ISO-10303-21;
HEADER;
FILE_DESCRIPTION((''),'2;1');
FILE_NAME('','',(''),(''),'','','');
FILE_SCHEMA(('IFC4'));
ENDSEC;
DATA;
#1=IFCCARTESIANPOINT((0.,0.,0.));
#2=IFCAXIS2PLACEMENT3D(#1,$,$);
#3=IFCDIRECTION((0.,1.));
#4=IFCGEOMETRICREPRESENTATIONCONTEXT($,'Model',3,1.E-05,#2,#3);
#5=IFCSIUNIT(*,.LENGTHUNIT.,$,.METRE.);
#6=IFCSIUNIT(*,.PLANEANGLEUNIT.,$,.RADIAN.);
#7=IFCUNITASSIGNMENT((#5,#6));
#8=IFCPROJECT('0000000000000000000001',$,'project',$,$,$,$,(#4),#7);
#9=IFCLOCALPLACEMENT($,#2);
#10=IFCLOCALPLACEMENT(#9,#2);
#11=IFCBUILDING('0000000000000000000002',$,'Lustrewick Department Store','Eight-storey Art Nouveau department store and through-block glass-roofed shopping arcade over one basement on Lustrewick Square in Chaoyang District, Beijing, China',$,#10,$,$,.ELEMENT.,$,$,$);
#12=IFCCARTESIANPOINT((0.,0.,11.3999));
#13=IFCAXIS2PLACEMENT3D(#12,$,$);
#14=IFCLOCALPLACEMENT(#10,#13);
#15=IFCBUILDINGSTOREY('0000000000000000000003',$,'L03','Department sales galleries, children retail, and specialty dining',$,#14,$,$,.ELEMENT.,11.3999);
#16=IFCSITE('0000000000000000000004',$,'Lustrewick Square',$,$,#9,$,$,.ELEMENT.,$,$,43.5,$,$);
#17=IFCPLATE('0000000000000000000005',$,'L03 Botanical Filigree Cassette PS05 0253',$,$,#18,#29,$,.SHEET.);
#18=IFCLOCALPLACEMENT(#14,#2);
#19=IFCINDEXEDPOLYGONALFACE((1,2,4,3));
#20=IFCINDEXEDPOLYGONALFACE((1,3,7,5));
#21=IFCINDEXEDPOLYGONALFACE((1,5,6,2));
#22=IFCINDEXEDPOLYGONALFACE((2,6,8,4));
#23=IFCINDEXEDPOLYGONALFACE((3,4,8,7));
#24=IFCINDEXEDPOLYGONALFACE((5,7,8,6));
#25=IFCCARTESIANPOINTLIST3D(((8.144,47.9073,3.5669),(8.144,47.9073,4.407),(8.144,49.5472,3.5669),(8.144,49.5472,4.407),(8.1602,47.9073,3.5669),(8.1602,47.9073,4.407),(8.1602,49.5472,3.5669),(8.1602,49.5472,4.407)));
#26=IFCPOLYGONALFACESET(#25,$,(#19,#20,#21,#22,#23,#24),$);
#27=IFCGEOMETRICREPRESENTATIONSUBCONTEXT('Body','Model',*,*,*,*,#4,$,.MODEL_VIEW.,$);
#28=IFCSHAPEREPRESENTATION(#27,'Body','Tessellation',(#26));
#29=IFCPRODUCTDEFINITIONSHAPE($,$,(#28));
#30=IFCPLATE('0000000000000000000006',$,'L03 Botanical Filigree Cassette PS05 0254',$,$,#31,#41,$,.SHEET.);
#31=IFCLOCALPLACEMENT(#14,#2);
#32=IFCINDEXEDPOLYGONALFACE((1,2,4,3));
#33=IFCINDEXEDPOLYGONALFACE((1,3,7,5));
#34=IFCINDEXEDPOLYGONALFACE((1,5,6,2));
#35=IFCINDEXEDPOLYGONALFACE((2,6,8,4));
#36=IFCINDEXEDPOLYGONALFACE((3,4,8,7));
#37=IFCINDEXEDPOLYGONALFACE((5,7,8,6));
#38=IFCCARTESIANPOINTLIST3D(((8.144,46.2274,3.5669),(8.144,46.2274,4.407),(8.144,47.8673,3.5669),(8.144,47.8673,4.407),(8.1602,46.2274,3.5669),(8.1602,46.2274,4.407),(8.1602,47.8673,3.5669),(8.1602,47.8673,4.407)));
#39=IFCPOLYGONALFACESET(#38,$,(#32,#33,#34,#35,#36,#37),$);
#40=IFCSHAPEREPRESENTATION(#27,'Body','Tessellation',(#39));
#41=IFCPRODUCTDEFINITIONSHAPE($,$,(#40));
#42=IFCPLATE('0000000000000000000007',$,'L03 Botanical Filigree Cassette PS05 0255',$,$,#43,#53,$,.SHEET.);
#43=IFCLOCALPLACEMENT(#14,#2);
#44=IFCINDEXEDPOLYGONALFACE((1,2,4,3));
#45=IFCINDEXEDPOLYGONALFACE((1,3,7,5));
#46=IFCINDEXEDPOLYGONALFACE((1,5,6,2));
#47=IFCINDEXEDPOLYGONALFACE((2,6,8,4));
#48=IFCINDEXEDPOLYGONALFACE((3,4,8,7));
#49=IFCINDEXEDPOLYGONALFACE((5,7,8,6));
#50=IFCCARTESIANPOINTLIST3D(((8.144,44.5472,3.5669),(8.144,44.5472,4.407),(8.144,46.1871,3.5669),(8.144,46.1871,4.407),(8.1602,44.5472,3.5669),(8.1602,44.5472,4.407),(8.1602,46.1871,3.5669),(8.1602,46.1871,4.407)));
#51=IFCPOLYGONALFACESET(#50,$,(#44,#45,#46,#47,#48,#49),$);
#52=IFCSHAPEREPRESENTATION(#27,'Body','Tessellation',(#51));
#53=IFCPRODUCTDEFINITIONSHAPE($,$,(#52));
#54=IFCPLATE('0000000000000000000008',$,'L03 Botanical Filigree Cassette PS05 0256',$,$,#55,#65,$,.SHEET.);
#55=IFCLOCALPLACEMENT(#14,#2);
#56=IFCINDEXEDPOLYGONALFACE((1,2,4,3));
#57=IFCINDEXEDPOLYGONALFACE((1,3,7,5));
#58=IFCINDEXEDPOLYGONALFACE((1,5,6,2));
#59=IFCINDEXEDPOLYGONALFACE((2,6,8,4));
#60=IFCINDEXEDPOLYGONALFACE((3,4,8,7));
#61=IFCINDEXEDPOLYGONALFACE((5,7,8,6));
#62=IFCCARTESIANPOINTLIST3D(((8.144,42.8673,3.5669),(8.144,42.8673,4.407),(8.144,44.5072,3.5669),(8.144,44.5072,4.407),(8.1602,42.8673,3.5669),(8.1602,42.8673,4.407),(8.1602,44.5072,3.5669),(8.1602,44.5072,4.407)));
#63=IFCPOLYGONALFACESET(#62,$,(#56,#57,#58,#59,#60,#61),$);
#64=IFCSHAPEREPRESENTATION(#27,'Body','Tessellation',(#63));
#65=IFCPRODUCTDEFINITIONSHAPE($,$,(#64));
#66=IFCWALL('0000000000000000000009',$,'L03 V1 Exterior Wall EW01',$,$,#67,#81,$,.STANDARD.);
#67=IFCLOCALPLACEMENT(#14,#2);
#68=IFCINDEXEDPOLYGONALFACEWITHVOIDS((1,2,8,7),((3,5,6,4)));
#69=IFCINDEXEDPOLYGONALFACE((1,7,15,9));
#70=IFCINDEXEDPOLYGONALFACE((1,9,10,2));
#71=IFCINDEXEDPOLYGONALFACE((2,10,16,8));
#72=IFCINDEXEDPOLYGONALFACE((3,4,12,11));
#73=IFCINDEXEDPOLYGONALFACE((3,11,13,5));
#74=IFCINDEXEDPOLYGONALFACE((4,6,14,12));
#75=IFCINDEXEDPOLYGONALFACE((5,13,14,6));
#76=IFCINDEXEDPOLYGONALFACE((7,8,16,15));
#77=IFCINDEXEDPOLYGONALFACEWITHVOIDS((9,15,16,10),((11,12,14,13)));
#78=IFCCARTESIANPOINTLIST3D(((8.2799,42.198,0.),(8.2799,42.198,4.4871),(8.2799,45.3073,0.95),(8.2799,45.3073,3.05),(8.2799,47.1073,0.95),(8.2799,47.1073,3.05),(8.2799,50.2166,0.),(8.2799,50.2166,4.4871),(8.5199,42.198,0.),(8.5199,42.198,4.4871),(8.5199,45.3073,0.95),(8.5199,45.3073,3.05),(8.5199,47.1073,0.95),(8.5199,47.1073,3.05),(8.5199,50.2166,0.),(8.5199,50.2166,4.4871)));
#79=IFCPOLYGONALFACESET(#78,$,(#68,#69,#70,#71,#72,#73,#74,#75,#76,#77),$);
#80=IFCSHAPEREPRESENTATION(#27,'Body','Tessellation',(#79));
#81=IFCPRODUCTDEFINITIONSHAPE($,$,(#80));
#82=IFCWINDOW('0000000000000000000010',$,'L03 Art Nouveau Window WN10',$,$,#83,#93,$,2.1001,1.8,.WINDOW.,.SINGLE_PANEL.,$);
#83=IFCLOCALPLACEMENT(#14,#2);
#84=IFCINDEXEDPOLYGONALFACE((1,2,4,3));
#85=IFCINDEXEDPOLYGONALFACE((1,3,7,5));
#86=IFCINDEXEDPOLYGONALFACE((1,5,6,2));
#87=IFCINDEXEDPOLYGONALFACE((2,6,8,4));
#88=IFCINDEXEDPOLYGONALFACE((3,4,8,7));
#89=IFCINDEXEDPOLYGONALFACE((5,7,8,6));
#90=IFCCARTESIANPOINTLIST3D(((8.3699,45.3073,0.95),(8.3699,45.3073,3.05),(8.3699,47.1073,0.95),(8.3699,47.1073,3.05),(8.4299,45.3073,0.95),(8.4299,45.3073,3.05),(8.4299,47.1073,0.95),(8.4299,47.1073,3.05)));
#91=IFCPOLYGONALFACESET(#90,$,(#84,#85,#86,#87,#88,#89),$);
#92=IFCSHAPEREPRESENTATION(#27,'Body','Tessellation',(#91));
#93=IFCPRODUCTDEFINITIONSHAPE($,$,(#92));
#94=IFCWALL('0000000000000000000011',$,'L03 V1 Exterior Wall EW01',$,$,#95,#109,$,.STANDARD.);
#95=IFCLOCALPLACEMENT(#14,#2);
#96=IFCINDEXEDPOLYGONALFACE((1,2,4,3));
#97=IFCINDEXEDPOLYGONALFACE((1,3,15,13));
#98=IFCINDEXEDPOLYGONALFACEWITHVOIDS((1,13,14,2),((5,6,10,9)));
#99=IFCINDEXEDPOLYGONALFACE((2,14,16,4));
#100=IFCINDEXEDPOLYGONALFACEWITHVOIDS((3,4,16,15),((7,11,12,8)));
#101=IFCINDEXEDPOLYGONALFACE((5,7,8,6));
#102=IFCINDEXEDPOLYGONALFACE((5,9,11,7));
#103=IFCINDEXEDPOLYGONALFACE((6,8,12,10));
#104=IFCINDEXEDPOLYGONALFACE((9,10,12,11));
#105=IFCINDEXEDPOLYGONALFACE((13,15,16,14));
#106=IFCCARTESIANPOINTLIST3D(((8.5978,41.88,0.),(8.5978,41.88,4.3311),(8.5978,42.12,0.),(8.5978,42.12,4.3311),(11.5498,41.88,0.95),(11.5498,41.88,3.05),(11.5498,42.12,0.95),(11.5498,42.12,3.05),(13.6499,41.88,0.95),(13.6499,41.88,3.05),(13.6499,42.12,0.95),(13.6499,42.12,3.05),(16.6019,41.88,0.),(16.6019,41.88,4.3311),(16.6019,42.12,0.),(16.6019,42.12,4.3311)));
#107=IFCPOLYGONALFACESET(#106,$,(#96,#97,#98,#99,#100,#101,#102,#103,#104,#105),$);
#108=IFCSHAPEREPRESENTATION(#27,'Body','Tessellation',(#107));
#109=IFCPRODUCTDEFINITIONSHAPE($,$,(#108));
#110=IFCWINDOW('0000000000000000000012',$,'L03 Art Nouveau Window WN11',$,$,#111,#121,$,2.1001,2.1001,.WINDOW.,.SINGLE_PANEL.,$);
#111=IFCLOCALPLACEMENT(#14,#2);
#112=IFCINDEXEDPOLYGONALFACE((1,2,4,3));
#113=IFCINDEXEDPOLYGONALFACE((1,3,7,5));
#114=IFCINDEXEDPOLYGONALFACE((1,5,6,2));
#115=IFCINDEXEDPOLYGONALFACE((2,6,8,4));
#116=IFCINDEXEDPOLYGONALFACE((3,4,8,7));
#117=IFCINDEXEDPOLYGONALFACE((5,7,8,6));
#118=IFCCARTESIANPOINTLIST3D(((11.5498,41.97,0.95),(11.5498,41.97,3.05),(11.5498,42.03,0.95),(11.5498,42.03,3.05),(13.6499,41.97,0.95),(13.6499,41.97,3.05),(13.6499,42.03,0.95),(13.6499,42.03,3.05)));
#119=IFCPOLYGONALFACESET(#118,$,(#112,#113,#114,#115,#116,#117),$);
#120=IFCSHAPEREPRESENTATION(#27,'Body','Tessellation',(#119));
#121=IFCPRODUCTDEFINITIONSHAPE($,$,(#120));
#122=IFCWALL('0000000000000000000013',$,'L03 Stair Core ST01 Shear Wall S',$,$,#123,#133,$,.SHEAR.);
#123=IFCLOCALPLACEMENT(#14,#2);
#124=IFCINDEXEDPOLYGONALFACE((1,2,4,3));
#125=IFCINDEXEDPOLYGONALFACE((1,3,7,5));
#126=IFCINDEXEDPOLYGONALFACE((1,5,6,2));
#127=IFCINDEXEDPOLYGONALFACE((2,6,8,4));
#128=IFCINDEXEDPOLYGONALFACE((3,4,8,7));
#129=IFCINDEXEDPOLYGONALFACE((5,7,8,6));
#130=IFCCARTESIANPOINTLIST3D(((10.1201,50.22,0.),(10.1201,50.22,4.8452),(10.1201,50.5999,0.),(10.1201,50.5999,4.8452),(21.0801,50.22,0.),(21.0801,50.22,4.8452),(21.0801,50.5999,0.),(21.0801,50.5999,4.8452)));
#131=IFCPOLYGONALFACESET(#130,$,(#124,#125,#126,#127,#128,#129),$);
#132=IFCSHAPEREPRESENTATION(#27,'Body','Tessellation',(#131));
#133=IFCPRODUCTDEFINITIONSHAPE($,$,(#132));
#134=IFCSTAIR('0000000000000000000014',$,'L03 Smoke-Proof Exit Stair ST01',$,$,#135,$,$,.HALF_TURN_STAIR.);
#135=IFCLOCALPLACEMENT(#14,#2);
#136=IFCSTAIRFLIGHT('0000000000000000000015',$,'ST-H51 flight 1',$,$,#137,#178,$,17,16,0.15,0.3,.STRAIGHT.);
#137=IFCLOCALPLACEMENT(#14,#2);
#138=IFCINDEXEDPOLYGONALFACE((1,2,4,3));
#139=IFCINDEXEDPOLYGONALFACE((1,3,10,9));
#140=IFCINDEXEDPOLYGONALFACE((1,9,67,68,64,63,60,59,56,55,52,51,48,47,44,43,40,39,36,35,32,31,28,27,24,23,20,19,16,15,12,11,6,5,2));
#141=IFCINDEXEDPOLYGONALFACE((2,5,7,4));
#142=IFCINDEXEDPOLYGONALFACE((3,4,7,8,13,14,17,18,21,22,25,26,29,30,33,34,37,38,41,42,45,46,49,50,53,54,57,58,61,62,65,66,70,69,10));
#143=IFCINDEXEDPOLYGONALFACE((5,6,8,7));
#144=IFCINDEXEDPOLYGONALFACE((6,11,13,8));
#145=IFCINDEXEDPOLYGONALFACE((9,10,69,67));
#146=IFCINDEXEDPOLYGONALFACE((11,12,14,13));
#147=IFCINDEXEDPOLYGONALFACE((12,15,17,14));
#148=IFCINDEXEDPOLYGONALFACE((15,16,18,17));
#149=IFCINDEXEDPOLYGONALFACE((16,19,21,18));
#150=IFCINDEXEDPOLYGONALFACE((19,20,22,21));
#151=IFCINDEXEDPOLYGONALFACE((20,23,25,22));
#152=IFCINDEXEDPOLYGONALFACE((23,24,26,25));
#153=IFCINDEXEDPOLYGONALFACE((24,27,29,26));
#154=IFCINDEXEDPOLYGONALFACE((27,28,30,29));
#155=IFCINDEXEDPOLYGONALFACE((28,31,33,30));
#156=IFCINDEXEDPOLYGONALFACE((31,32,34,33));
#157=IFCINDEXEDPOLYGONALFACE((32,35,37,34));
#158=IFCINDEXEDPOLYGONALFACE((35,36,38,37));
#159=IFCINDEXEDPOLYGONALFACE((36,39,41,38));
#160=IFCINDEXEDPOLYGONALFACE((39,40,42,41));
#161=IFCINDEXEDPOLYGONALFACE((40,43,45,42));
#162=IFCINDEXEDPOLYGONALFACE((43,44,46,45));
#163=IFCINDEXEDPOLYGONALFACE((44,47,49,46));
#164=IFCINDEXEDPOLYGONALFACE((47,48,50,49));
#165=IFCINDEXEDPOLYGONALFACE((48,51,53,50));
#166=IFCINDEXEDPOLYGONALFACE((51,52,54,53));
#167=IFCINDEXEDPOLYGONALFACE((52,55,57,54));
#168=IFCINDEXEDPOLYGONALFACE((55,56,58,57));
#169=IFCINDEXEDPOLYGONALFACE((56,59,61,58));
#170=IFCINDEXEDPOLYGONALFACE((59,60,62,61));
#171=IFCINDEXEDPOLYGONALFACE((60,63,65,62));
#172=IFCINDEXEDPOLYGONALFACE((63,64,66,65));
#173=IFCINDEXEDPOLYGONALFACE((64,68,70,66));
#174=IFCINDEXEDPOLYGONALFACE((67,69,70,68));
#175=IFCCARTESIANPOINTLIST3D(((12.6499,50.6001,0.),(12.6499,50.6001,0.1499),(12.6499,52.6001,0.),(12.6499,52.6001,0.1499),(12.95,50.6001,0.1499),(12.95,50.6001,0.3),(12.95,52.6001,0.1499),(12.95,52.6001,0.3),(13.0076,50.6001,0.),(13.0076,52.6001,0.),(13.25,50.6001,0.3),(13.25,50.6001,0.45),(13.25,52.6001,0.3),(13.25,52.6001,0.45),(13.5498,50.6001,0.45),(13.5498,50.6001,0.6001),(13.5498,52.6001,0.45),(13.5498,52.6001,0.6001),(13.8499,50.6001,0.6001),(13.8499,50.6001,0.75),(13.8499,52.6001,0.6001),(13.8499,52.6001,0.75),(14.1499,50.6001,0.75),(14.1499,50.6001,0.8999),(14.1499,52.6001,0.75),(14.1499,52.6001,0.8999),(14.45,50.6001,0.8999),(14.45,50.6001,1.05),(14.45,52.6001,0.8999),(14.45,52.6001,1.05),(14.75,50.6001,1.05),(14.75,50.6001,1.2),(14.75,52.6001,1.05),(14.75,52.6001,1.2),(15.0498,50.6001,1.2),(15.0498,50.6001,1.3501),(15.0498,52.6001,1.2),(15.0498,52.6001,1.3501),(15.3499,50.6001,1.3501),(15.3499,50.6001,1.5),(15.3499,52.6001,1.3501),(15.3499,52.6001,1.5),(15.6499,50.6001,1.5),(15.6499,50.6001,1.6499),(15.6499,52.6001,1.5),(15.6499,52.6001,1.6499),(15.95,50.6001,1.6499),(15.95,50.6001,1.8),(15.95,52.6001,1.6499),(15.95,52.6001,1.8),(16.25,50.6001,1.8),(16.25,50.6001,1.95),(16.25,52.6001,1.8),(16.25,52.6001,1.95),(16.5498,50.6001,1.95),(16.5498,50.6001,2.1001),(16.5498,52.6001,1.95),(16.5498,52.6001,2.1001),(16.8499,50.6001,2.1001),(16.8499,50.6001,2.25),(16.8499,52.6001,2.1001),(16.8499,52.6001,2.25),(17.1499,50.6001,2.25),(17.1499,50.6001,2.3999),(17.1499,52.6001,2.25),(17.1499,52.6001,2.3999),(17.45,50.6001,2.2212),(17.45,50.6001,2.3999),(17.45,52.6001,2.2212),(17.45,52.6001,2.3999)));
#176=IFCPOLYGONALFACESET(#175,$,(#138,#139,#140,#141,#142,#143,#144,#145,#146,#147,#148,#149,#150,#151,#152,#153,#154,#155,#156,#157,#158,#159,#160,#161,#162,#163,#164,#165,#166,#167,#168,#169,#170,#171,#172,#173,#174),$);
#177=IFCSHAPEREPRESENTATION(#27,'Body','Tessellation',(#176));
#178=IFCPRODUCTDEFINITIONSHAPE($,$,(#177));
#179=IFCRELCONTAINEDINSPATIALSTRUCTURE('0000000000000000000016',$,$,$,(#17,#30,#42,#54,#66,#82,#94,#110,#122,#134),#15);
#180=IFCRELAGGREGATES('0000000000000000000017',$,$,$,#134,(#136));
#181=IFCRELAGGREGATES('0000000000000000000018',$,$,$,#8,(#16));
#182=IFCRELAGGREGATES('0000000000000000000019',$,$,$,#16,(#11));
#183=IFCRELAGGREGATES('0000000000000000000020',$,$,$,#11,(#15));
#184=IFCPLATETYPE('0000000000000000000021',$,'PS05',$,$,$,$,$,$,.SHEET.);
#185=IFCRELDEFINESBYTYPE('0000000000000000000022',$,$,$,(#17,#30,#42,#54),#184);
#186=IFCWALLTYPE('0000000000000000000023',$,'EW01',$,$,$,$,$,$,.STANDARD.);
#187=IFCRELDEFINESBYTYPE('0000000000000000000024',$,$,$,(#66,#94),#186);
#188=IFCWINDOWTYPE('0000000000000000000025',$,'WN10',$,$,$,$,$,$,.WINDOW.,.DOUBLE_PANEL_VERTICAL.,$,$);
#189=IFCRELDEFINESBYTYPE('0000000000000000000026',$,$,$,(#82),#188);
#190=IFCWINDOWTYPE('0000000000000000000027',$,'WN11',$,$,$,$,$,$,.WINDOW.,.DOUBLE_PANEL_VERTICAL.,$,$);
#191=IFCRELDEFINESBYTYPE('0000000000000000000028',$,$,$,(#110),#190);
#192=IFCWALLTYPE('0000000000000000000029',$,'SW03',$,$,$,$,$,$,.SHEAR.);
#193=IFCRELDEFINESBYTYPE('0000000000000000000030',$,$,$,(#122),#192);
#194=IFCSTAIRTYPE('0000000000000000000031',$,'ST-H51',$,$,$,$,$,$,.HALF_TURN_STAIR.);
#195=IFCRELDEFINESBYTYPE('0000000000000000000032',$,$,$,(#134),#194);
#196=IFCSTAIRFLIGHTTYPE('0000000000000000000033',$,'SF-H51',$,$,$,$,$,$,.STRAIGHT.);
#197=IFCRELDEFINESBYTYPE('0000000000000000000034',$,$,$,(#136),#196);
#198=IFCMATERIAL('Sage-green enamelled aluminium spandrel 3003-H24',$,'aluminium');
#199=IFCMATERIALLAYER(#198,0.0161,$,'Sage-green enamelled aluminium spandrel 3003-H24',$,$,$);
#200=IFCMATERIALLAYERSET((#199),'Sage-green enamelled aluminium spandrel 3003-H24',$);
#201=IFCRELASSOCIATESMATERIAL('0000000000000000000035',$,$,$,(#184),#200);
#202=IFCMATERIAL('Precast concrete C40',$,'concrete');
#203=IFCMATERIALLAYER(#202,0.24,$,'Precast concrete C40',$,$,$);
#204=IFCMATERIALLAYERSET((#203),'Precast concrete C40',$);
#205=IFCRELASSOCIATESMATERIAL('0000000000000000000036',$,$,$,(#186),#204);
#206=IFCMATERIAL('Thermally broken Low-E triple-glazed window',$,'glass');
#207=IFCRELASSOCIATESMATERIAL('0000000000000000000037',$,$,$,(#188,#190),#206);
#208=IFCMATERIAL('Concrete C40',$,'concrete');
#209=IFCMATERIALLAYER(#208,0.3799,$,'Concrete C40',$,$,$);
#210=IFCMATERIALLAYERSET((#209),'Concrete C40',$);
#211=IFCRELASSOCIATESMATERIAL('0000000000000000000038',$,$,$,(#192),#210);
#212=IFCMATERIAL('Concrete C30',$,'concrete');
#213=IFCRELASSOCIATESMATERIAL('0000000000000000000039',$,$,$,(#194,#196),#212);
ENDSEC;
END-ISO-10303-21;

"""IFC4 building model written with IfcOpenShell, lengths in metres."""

from ifc_helpers import new_model, si_unit, direction, frame, frame_2d, origin, origin_2d, place, context, subcontext, project, spatial, polyline, rectangle, outline, extrude, material, layer, layer_set, type_object, element, fill, aggregate, save


model = new_model("IFC4")

# Units and contexts
model_context = context("Model", 3, precision=1e-05, world=origin(), true_north=direction((0.0, 1.0)))
body_context = subcontext(model_context, "Body", "Model", "MODEL_VIEW")
ifc_project = project(units=[si_unit("LENGTHUNIT", "METRE"), si_unit("PLANEANGLEUNIT", "RADIAN")], contexts=[model_context])

# Site, building, storey
site_placement = place(None, origin())
site = spatial("IfcSite", under=ifc_project, at=site_placement, Name="Lustrewick Square", CompositionType="ELEMENT", RefElevation=43.5)
building_placement = place(site_placement, origin())
building = spatial("IfcBuilding", under=site, at=building_placement, Name="Lustrewick Department Store", Description="Eight-storey Art Nouveau department store and through-block glass-roofed shopping arcade over one basement on Lustrewick Square in Chaoyang District, Beijing, China", CompositionType="ELEMENT")
storey_placement = place(building_placement, frame((0.0, 0.0, 11.3999)))
storey = spatial("IfcBuildingStorey", under=building, at=storey_placement, Name="L03", Description="Department sales galleries, children retail, and specialty dining", CompositionType="ELEMENT", Elevation=11.3999)

# Plates
ifc_material_1 = material(Name="Sage-green enamelled aluminium spandrel 3003-H24", Category="aluminium")
ifc_layer_1 = layer(ifc_material_1, 0.0161, Name="Sage-green enamelled aluminium spandrel 3003-H24")
ifc_layer_set_1 = layer_set([ifc_layer_1], Name="Sage-green enamelled aluminium spandrel 3003-H24")
plate_type = type_object("IfcPlateType", Name="PS05", PredefinedType="SHEET", material=ifc_layer_set_1)
for number, where, z_axis, x_axis, name in (
    (1, (8.1521, 48.7273, 3.5669), (0.0, 0.0, 1.0), (0.0, -1.0, 0.0), "L03 Botanical Filigree Cassette PS05 0253"),
    (2, (8.1521, 47.0474, 3.5669), (0.0, 0.0, 1.0), (0.0, -1.0, 0.0), "L03 Botanical Filigree Cassette PS05 0254"),
    (3, (8.1521, 45.3672, 3.5669), (0.0, 0.0, 1.0), (0.0, -1.0, 0.0), "L03 Botanical Filigree Cassette PS05 0255"),
    (4, (8.1521, 43.6873, 3.5669), (0.0, 0.0, 1.0), (0.0, -1.0, 0.0), "L03 Botanical Filigree Cassette PS05 0256"),
):
    element("IfcPlate", number, at=place(storey_placement, frame(where, z_axis=z_axis, x_axis=x_axis)), inside=storey, type_object=plate_type, Name=name, PredefinedType="SHEET", context=body_context, shape_type="SweptSolid", body=[
        extrude(rectangle(XDim=1.6399, YDim=0.0161, at=origin_2d()), origin(), (0.0, 0.0, 1.0), 0.8401),
    ])

# Walls, openings, windows
ifc_material_2 = material(Name="Precast concrete C40", Category="concrete")
ifc_layer_2 = layer(ifc_material_2, 0.24, Name="Precast concrete C40")
ifc_layer_set_2 = layer_set([ifc_layer_2], Name="Precast concrete C40")
wall_type_1 = type_object("IfcWallType", Name="EW01", PredefinedType="STANDARD", material=ifc_layer_set_2)
wall_1_placement = place(storey_placement, frame((8.3999, 50.2166, 0.0), z_axis=(0.0, 0.0, 1.0), x_axis=(0.0, -1.0, 0.0)))
wall_1 = element("IfcWall", 5, at=wall_1_placement, inside=storey, type_object=wall_type_1, Name="L03 V1 Exterior Wall EW01", PredefinedType="STANDARD", context=body_context, shape_type="SweptSolid", body=[
    extrude(rectangle(XDim=8.0186, YDim=0.24, at=frame_2d((4.0093, 0.0))), origin(), (0.0, 0.0, 1.0), 4.4871),
])
opening_1_placement = place(wall_1_placement, frame((3.1094, 0.0, 0.95)))
opening_1 = element("IfcOpeningElement", 6, at=opening_1_placement, cuts=wall_1, PredefinedType="OPENING", context=body_context, shape_type="SweptSolid", body=[
    extrude(rectangle(XDim=1.8, YDim=2.1001, at=frame_2d((0.8999, 1.05))), frame((0.0, 0.1299, 0.0), z_axis=(0.0, -1.0, 0.0), x_axis=(1.0, 0.0, 0.0)), (0.0, 0.0, 1.0), 0.26),
])
ifc_material_3 = material(Name="Thermally broken Low-E triple-glazed window", Category="glass")
window_type_1 = type_object("IfcWindowType", Name="WN10", PartitioningType="DOUBLE_PANEL_VERTICAL", PredefinedType="WINDOW", material=ifc_material_3)
window_1_placement = place(opening_1_placement, origin())
window_1 = element("IfcWindow", 7, at=window_1_placement, inside=storey, type_object=window_type_1, Name="L03 Art Nouveau Window WN10", OverallHeight=2.1001, OverallWidth=1.8, PartitioningType="SINGLE_PANEL", PredefinedType="WINDOW", context=body_context, shape_type="SweptSolid", body=[
    extrude(rectangle(XDim=1.8, YDim=2.1001, at=frame_2d((0.8999, 1.05))), frame((0.0, 0.03, 0.0), z_axis=(0.0, -1.0, 0.0), x_axis=(1.0, 0.0, 0.0)), (0.0, 0.0, 1.0), 0.0601),
])
fill(opening_1, window_1)
wall_2_placement = place(storey_placement, frame((8.5979, 42.0, 0.0), z_axis=(0.0, 0.0, 1.0), x_axis=(1.0, 0.0, 0.0)))
wall_2 = element("IfcWall", 8, at=wall_2_placement, inside=storey, type_object=wall_type_1, Name="L03 V1 Exterior Wall EW01", PredefinedType="STANDARD", context=body_context, shape_type="SweptSolid", body=[
    extrude(rectangle(XDim=8.0042, YDim=0.24, at=frame_2d((4.002, 0.0))), origin(), (0.0, 0.0, 1.0), 4.3311),
])
opening_2_placement = place(wall_2_placement, frame((2.9519, 0.0, 0.95)))
opening_2 = element("IfcOpeningElement", 9, at=opening_2_placement, cuts=wall_2, PredefinedType="OPENING", context=body_context, shape_type="SweptSolid", body=[
    extrude(rectangle(XDim=2.1001, YDim=2.1001, at=frame_2d((1.05, 1.05))), frame((0.0, 0.1299, 0.0), z_axis=(0.0, -1.0, 0.0), x_axis=(1.0, 0.0, 0.0)), (0.0, 0.0, 1.0), 0.26),
])
window_type_2 = type_object("IfcWindowType", Name="WN11", PartitioningType="DOUBLE_PANEL_VERTICAL", PredefinedType="WINDOW", material=ifc_material_3)
window_2_placement = place(opening_2_placement, origin())
window_2 = element("IfcWindow", 10, at=window_2_placement, inside=storey, type_object=window_type_2, Name="L03 Art Nouveau Window WN11", OverallHeight=2.1001, OverallWidth=2.1001, PartitioningType="SINGLE_PANEL", PredefinedType="WINDOW", context=body_context, shape_type="SweptSolid", body=[
    extrude(rectangle(XDim=2.1001, YDim=2.1001, at=frame_2d((1.05, 1.05))), frame((0.0, 0.03, 0.0), z_axis=(0.0, -1.0, 0.0), x_axis=(1.0, 0.0, 0.0)), (0.0, 0.0, 1.0), 0.0601),
])
fill(opening_2, window_2)

# Wall
ifc_material_4 = material(Name="Concrete C40", Category="concrete")
ifc_layer_3 = layer(ifc_material_4, 0.3799, Name="Concrete C40")
ifc_layer_set_3 = layer_set([ifc_layer_3], Name="Concrete C40")
wall_type_2 = type_object("IfcWallType", Name="SW03", PredefinedType="SHEAR", material=ifc_layer_set_3)
wall_3_placement = place(storey_placement, frame((10.1201, 50.4099, 0.0), z_axis=(0.0, 0.0, 1.0), x_axis=(1.0, 0.0, 0.0)))
element("IfcWall", 11, at=wall_3_placement, inside=storey, type_object=wall_type_2, Name="L03 Stair Core ST01 Shear Wall S", PredefinedType="SHEAR", context=body_context, shape_type="SweptSolid", body=[
    extrude(rectangle(XDim=10.96, YDim=0.3799, at=frame_2d((5.48, 0.0))), origin(), (0.0, 0.0, 1.0), 4.8452),
])

# Stair, stair flight
ifc_material_5 = material(Name="Concrete C30", Category="concrete")
stair_type = type_object("IfcStairType", Name="ST-H51", PredefinedType="HALF_TURN_STAIR", material=ifc_material_5)
stair_placement = place(storey_placement, origin())
stair = element("IfcStair", 12, at=stair_placement, inside=storey, type_object=stair_type, Name="L03 Smoke-Proof Exit Stair ST01", PredefinedType="HALF_TURN_STAIR")
stair_flight_type = type_object("IfcStairFlightType", Name="SF-H51", PredefinedType="STRAIGHT", material=ifc_material_5)
stair_flight_placement = place(storey_placement, frame((12.6499, 51.6001, 0.0), z_axis=(0.0, 0.0, 1.0), x_axis=(1.0, 0.0, 0.0)))
stair_flight = element("IfcStairFlight", 13, at=stair_flight_placement, type_object=stair_flight_type, Name="ST-H51 flight 1", NumberOfRisers=17, NumberOfTreads=16, PredefinedType="STRAIGHT", RiserHeight=0.15, TreadLength=0.3, context=body_context, shape_type="SweptSolid", body=[
    extrude(outline(polyline([(0.0, 0.0), (0.0, 0.1499), (0.3, 0.1499), (0.3, 0.3), (0.6001, 0.3), (0.6001, 0.45), (0.8999, 0.45), (0.8999, 0.6001), (1.2, 0.6001), (1.2, 0.75), (1.5, 0.75), (1.5, 0.8999), (1.8, 0.8999), (1.8, 1.05), (2.1001, 1.05), (2.1001, 1.2), (2.3999, 1.2), (2.3999, 1.3501), (2.7, 1.3501), (2.7, 1.5), (3.0, 1.5), (3.0, 1.6499), (3.3, 1.6499), (3.3, 1.8), (3.6001, 1.8), (3.6001, 1.95), (3.8999, 1.95), (3.8999, 2.1001), (4.2, 2.1001), (4.2, 2.25), (4.5, 2.25), (4.5, 2.3999), (4.8, 2.3999), (4.8, 2.55), (4.8, 2.2212), (0.3577, 0.0), (0.0, 0.0)])), frame((0.0, 1.0, 0.0), z_axis=(0.0, -1.0, 0.0), x_axis=(1.0, 0.0, 0.0)), (0.0, 0.0, 1.0), 2.0),
])
aggregate(stair, [stair_flight])

save(model, "model.ifc")
